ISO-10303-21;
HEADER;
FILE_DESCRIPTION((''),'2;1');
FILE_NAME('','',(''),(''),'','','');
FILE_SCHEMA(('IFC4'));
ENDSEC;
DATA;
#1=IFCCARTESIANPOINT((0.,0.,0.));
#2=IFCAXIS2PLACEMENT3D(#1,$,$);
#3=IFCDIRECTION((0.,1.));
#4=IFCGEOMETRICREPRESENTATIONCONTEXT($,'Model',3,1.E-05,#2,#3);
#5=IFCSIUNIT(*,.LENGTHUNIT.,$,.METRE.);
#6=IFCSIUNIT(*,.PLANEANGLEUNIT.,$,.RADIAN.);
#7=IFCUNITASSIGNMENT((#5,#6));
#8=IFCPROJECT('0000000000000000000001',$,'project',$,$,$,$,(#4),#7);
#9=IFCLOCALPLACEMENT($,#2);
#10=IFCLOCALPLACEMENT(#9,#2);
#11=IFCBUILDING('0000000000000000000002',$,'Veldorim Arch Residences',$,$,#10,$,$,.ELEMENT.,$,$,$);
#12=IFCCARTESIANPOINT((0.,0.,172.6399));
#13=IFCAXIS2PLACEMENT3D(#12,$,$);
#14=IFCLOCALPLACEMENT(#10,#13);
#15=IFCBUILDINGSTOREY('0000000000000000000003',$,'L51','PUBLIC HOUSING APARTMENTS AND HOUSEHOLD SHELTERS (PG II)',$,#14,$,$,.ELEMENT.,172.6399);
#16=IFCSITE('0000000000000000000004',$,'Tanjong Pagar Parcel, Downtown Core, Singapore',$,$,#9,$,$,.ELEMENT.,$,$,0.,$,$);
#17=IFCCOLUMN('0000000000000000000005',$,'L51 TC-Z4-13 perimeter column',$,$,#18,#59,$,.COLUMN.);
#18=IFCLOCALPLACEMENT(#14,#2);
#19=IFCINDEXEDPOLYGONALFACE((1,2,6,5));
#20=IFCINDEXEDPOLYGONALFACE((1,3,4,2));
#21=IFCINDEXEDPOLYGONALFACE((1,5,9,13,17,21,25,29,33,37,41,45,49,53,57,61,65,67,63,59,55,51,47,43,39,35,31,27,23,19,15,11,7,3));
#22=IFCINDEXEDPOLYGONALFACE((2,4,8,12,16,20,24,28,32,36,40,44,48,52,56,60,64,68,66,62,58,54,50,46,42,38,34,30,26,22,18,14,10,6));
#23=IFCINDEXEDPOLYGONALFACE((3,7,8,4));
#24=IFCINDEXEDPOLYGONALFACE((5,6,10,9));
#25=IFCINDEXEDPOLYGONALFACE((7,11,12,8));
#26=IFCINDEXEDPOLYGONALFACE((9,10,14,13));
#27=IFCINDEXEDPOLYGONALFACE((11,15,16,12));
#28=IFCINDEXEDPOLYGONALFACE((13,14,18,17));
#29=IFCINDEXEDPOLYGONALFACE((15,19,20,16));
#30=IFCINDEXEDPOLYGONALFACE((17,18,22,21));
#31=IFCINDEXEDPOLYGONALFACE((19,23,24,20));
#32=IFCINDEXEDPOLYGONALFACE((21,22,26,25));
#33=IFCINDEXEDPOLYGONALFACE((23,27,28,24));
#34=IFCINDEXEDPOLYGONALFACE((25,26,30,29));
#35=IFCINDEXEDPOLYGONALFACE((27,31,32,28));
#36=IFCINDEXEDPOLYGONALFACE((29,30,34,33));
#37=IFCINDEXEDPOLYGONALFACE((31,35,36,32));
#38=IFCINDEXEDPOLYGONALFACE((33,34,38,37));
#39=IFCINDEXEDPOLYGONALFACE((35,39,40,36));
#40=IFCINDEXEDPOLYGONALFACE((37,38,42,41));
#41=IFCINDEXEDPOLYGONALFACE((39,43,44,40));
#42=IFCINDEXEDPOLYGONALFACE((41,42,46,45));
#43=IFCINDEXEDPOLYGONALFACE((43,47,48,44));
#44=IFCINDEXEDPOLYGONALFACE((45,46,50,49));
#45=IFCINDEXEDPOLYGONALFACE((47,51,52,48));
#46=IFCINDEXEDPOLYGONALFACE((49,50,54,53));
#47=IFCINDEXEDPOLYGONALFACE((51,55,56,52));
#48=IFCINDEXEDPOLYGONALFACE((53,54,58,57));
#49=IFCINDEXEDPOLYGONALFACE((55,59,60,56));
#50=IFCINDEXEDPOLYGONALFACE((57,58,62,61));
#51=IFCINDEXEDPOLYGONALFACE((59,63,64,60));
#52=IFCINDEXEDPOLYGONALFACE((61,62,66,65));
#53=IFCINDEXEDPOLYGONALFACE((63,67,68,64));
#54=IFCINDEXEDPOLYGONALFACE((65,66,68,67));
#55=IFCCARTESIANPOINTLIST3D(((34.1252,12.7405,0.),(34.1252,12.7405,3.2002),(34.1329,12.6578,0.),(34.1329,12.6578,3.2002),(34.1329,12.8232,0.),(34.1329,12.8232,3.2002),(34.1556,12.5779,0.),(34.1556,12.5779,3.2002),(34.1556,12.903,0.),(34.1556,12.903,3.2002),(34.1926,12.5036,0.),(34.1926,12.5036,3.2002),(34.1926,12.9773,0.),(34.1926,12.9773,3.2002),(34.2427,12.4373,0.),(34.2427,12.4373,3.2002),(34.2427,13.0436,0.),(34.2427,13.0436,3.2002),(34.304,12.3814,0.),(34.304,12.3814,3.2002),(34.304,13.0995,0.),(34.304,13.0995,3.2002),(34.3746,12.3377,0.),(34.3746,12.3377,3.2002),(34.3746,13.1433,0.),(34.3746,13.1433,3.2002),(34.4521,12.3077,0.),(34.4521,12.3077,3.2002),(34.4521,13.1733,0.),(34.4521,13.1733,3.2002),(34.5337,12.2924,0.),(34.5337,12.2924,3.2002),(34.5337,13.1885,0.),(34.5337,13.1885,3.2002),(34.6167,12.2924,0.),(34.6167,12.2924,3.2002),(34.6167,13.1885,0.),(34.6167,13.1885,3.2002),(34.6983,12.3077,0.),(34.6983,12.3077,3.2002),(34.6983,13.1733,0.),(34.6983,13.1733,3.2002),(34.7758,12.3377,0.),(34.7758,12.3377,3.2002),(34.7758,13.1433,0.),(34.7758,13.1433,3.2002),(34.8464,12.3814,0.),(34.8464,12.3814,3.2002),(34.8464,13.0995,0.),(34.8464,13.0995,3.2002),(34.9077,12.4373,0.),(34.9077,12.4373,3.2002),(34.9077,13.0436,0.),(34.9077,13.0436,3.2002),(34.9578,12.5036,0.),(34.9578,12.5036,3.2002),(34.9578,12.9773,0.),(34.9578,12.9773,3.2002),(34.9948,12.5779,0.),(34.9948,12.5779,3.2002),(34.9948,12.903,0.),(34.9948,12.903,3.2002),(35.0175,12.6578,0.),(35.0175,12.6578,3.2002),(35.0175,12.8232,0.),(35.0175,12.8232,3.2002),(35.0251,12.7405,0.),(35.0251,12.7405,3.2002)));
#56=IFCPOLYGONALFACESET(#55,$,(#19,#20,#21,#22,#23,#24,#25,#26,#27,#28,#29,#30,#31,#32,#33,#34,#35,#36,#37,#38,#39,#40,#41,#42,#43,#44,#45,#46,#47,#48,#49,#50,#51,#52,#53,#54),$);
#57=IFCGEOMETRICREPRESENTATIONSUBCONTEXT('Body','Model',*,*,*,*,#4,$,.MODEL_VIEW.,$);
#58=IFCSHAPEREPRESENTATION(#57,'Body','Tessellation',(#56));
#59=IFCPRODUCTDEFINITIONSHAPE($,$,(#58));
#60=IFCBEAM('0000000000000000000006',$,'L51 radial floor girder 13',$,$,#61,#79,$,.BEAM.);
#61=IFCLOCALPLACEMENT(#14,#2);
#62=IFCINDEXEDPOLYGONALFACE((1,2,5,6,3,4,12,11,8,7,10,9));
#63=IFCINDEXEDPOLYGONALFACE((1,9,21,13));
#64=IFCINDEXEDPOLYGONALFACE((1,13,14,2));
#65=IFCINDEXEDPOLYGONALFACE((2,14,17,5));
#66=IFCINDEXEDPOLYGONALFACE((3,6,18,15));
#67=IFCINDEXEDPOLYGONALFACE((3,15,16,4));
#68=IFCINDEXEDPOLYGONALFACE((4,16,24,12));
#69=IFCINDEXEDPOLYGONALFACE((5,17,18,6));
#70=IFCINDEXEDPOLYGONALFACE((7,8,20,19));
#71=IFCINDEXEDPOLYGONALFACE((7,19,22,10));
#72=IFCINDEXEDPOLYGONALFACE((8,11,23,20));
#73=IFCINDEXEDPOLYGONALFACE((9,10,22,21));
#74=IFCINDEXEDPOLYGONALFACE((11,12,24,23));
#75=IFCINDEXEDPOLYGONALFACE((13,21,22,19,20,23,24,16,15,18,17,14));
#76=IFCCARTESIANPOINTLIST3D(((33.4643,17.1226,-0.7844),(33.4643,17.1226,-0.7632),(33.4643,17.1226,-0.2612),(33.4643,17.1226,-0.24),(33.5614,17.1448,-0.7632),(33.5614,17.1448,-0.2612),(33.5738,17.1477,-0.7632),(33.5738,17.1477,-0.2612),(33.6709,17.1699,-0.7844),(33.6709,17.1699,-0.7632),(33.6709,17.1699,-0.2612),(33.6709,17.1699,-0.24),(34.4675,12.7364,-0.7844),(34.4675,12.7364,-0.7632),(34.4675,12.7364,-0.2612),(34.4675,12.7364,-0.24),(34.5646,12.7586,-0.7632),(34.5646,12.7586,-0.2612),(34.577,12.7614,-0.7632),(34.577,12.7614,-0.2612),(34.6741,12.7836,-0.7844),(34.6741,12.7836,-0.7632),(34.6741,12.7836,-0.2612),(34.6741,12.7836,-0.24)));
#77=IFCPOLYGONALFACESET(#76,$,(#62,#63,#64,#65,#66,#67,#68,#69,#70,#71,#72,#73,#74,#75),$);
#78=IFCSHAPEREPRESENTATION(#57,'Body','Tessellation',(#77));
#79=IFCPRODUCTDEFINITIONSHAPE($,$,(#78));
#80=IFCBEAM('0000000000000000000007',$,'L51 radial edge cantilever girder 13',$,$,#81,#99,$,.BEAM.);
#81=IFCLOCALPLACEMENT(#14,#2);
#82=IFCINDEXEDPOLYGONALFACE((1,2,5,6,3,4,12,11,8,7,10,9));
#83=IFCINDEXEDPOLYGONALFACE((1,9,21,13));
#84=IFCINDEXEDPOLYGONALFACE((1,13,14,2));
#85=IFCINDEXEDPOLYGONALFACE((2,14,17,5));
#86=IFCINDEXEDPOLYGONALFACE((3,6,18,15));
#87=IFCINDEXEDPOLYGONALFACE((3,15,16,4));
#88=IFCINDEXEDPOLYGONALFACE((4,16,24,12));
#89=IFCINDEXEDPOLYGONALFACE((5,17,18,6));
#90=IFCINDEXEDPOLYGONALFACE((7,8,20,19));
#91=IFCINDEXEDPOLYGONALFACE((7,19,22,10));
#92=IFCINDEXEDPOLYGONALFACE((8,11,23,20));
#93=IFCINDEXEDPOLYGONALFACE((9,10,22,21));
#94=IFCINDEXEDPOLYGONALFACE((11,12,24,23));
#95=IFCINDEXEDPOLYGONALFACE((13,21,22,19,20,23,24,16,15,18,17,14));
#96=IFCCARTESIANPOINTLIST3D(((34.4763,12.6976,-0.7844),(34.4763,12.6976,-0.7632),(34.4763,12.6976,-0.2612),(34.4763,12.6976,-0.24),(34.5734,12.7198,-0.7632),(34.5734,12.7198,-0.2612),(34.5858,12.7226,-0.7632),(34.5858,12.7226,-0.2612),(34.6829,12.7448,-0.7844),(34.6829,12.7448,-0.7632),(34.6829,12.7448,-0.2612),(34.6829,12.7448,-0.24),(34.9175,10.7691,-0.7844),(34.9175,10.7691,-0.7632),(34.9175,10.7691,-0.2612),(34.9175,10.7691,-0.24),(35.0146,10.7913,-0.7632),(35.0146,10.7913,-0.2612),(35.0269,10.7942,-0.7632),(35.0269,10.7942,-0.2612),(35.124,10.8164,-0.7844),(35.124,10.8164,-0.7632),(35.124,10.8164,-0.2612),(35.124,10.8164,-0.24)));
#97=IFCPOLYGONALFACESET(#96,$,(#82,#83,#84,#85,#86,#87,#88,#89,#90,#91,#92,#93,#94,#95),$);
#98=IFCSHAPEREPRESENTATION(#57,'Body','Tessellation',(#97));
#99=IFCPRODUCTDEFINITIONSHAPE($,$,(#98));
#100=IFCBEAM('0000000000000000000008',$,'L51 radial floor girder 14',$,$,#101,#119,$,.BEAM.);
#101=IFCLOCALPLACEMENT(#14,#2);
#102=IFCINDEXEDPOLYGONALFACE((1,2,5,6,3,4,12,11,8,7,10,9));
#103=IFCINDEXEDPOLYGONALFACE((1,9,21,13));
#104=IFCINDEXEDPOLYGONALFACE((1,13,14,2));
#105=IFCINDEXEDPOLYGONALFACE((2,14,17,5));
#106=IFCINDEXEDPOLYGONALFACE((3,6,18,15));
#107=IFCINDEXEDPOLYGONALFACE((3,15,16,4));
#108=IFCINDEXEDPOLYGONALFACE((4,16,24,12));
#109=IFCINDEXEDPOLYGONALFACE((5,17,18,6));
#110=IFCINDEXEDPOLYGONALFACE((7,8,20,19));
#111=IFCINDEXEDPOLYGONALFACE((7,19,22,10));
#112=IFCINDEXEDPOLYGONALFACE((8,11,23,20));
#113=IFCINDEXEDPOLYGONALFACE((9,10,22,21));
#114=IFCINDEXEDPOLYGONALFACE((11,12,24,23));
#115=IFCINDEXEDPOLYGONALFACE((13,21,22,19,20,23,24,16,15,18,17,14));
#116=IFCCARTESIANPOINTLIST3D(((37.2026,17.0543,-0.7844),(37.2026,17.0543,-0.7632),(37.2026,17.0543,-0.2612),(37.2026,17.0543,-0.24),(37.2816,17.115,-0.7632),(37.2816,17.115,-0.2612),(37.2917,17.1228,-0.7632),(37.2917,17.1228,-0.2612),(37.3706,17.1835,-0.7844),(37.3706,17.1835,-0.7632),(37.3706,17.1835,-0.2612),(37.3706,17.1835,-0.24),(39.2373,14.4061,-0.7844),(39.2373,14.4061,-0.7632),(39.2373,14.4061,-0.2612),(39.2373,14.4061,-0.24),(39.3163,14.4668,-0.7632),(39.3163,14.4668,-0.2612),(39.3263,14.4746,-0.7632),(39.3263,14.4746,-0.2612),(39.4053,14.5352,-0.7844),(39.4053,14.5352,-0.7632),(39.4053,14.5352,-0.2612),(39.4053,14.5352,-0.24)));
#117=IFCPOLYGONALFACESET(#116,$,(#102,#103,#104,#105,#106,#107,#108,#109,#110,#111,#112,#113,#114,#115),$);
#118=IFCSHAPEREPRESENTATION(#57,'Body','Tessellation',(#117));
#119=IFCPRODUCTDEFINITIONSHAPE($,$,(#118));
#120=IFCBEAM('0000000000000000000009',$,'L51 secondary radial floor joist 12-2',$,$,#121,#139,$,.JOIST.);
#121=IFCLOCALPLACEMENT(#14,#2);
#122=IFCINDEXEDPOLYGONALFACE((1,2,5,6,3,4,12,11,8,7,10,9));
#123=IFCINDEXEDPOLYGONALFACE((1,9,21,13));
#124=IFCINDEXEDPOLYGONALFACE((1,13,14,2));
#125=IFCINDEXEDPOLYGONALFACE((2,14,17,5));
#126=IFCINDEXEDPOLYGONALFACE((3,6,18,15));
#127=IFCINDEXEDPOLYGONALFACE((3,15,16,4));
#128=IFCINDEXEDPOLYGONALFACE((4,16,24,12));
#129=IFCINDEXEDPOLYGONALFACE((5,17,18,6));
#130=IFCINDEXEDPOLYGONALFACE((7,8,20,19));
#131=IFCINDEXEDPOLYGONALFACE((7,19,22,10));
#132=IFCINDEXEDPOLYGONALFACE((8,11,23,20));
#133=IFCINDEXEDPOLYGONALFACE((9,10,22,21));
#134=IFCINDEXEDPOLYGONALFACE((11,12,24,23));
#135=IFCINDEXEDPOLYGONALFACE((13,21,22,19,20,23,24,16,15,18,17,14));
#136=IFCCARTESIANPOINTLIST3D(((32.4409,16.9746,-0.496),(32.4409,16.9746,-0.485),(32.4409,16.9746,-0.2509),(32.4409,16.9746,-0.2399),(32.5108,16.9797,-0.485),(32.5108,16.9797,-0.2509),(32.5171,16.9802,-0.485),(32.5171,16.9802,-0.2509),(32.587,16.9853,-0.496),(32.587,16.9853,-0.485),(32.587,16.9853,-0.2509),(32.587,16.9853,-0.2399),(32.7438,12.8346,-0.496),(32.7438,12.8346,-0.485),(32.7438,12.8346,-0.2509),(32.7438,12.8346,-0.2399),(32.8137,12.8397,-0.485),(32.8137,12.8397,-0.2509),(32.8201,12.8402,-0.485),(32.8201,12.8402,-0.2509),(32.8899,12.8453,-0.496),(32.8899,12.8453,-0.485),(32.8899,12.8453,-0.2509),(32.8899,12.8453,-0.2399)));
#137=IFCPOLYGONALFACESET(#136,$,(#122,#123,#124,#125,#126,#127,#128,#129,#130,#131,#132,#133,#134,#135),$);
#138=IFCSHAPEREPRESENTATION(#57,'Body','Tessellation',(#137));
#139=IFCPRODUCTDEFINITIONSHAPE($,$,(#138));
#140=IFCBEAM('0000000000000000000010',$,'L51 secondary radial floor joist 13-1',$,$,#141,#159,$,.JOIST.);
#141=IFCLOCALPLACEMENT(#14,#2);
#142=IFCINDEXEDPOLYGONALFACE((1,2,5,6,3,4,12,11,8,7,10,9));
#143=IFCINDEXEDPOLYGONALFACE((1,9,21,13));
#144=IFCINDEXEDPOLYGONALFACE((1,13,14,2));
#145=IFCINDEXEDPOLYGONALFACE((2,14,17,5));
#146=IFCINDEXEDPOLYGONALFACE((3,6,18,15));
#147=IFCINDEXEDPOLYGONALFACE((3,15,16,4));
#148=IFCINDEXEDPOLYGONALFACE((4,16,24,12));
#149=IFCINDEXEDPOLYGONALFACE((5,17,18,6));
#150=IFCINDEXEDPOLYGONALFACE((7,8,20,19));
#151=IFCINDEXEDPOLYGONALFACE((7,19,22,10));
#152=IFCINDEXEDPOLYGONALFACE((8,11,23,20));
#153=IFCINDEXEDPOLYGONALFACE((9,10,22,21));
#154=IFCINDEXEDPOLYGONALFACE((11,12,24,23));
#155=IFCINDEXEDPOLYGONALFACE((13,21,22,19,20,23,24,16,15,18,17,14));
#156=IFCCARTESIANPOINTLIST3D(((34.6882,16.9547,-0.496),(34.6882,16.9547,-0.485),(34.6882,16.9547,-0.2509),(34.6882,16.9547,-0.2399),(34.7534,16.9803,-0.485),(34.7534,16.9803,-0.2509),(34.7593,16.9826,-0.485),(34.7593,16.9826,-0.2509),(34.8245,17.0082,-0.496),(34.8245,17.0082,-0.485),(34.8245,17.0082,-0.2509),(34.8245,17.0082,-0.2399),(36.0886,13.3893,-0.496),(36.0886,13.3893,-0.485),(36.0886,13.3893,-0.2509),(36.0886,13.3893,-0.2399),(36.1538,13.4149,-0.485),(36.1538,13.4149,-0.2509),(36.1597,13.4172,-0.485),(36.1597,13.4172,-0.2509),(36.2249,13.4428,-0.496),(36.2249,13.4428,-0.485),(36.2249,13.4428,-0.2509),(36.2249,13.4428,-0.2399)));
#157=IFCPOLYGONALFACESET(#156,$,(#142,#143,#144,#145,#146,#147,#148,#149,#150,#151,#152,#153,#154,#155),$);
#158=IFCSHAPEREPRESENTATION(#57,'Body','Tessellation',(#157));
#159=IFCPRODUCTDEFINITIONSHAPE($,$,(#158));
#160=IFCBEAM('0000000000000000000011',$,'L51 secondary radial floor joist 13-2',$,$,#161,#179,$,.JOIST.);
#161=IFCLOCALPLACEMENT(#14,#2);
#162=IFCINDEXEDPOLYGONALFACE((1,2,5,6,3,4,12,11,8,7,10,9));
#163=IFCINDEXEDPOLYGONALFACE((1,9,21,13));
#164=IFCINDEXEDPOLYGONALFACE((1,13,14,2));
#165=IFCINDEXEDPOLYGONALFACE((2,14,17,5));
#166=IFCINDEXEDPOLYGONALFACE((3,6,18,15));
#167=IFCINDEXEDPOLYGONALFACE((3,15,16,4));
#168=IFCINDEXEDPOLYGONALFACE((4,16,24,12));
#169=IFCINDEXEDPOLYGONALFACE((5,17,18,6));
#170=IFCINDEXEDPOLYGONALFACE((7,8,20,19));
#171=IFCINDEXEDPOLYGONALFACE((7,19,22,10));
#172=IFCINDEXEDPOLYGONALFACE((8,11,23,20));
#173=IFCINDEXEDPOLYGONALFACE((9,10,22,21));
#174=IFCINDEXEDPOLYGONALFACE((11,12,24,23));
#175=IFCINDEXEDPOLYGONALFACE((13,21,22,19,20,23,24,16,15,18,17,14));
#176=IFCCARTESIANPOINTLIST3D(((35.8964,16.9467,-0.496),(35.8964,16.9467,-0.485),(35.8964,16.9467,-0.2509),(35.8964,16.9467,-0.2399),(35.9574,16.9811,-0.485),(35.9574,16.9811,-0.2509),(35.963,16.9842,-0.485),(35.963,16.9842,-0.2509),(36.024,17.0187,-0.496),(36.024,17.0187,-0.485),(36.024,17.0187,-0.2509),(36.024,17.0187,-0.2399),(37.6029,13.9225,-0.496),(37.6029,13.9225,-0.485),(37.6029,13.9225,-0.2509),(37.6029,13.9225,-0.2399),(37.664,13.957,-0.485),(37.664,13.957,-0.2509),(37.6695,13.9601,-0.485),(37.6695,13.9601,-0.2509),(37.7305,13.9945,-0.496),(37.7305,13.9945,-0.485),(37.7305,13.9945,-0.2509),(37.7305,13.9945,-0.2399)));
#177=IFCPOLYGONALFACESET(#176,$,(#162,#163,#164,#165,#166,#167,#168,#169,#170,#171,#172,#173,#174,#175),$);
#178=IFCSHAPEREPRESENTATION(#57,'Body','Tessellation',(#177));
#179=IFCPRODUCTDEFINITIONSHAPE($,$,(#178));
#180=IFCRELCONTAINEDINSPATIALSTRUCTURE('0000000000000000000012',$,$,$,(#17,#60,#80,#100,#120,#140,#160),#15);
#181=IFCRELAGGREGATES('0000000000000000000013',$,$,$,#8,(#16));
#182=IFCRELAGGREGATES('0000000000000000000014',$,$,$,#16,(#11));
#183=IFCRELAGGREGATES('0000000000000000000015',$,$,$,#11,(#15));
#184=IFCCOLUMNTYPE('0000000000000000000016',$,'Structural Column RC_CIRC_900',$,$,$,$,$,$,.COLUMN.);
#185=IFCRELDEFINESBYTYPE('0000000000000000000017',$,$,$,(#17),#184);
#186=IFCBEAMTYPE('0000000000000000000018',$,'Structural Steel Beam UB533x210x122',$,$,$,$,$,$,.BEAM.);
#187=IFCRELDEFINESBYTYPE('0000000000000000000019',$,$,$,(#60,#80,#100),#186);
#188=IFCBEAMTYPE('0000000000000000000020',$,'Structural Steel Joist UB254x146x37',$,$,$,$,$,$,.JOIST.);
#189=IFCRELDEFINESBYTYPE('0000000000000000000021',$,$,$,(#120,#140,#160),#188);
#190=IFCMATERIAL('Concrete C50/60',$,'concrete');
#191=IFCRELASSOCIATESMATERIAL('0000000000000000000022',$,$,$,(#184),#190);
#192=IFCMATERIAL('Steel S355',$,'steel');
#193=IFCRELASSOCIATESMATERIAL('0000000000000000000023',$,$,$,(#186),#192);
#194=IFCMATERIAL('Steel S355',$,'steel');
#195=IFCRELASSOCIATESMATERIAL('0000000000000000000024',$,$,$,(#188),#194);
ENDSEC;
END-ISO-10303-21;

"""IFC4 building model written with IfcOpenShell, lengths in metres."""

from ifc_helpers import new_model, si_unit, direction, frame, origin, origin_2d, place, context, subcontext, project, spatial, circle, i_section, extrude, material, material_profile, profile_set, type_object, element, save


model = new_model("IFC4")

# Units and contexts
model_context = context("Model", 3, precision=1e-05, world=origin(), true_north=direction((0.0, 1.0)))
body_context = subcontext(model_context, "Body", "Model", "MODEL_VIEW")
ifc_project = project(units=[si_unit("LENGTHUNIT", "METRE"), si_unit("PLANEANGLEUNIT", "RADIAN")], contexts=[model_context])

# Site, building, storey
site_placement = place(None, origin())
site = spatial("IfcSite", under=ifc_project, at=site_placement, Name="Tanjong Pagar Parcel, Downtown Core, Singapore", CompositionType="ELEMENT", RefElevation=0.0)
building_placement = place(site_placement, origin())
building = spatial("IfcBuilding", under=site, at=building_placement, Name="Veldorim Arch Residences", CompositionType="ELEMENT")
storey_placement = place(building_placement, frame((0.0, 0.0, 172.6399)))
storey = spatial("IfcBuildingStorey", under=building, at=storey_placement, Name="L51", Description="PUBLIC HOUSING APARTMENTS AND HOUSEHOLD SHELTERS (PG II)", CompositionType="ELEMENT", Elevation=172.6399)

# Column
ifc_material_1 = material(Name="Concrete C50/60", Category="concrete")
ifc_material_profile_1 = material_profile(ifc_material_1, circle(Radius=0.45, at=origin_2d()), Name="RC_CIRC_900")
ifc_profile_set_1 = profile_set([ifc_material_profile_1], Name="Concrete C50/60")
column_type = type_object("IfcColumnType", Name="Structural Column RC_CIRC_900", PredefinedType="COLUMN", material=ifc_profile_set_1)
column_placement = place(storey_placement, frame((34.5752, 12.7405, 0.0), z_axis=(0.0, 0.0, 1.0), x_axis=(1.0, 0.0, 0.0)))
element("IfcColumn", 1, at=column_placement, inside=storey, type_object=column_type, Name="L51 TC-Z4-13 perimeter column", PredefinedType="COLUMN", context=body_context, shape_type="SweptSolid", body=[
    extrude(circle(Radius=0.45, at=origin_2d()), origin(), (0.0, 0.0, 1.0), 3.2002),
])

# Beams
ifc_material_2 = material(Name="Steel S355", Category="steel")
ifc_material_profile_2 = material_profile(ifc_material_2, i_section(OverallWidth=0.2119, OverallDepth=0.5444, WebThickness=0.0127, FlangeThickness=0.0212, at=origin_2d()), Name="UB533x210x122")
ifc_profile_set_2 = profile_set([ifc_material_profile_2], Name="Steel S355")
beam_type_1 = type_object("IfcBeamType", Name="Structural Steel Beam UB533x210x122", PredefinedType="BEAM", material=ifc_profile_set_2)
beam_1_placement = place(storey_placement, frame((33.5676, 17.1462, -0.5122), z_axis=(0.222953, -0.974829, 0.0), x_axis=(0.974829, 0.222953, 0.0)))
element("IfcBeam", 2, at=beam_1_placement, inside=storey, type_object=beam_type_1, Name="L51 radial floor girder 13", PredefinedType="BEAM", context=body_context, shape_type="SweptSolid", body=[
    extrude(i_section(OverallWidth=0.2119, OverallDepth=0.5444, WebThickness=0.0127, FlangeThickness=0.0212, at=origin_2d()), origin(), (0.0, 0.0, 1.0), 4.4995),
])
beam_2_placement = place(storey_placement, frame((34.5796, 12.7212, -0.5122), z_axis=(0.223002, -0.974818, 0.0), x_axis=(0.974818, 0.223002, 0.0)))
element("IfcBeam", 3, at=beam_2_placement, inside=storey, type_object=beam_type_1, Name="L51 radial edge cantilever girder 13", PredefinedType="BEAM", context=body_context, shape_type="SweptSolid", body=[
    extrude(i_section(OverallWidth=0.2119, OverallDepth=0.5444, WebThickness=0.0127, FlangeThickness=0.0212, at=origin_2d()), origin(), (0.0, 0.0, 1.0), 1.9783),
])
beam_3_placement = place(storey_placement, frame((37.2866, 17.1189, -0.5122), z_axis=(0.609258, -0.792972, 0.0), x_axis=(0.792972, 0.609258, 0.0)))
element("IfcBeam", 4, at=beam_3_placement, inside=storey, type_object=beam_type_1, Name="L51 radial floor girder 14", PredefinedType="BEAM", context=body_context, shape_type="SweptSolid", body=[
    extrude(i_section(OverallWidth=0.2119, OverallDepth=0.5444, WebThickness=0.0127, FlangeThickness=0.0212, at=origin_2d()), origin(), (0.0, 0.0, 1.0), 3.3396),
])
ifc_material_3 = material(Name="Steel S355", Category="steel")
ifc_material_profile_3 = material_profile(ifc_material_3, i_section(OverallWidth=0.1465, OverallDepth=0.2561, WebThickness=0.0063, FlangeThickness=0.011, at=origin_2d()), Name="UB254x146x37")
ifc_profile_set_3 = profile_set([ifc_material_profile_3], Name="Steel S355")
beam_type_2 = type_object("IfcBeamType", Name="Structural Steel Joist UB254x146x37", PredefinedType="JOIST", material=ifc_profile_set_3)
beam_4_placement = place(storey_placement, frame((32.5139, 16.98, -0.3679), z_axis=(0.072986, -0.997333, 0.0), x_axis=(0.997333, 0.072986, 0.0)))
element("IfcBeam", 5, at=beam_4_placement, inside=storey, type_object=beam_type_2, Name="L51 secondary radial floor joist 12-2", PredefinedType="JOIST", context=body_context, shape_type="SweptSolid", body=[
    extrude(i_section(OverallWidth=0.1465, OverallDepth=0.2561, WebThickness=0.0063, FlangeThickness=0.011, at=origin_2d()), origin(), (0.0, 0.0, 1.0), 4.1511),
])
beam_5_placement = place(storey_placement, frame((34.7563, 16.9814, -0.3679), z_axis=(0.365581, -0.930779, 0.0), x_axis=(0.930779, 0.365581, 0.0)))
element("IfcBeam", 6, at=beam_5_placement, inside=storey, type_object=beam_type_2, Name="L51 secondary radial floor joist 13-1", PredefinedType="JOIST", context=body_context, shape_type="SweptSolid", body=[
    extrude(i_section(OverallWidth=0.1465, OverallDepth=0.2561, WebThickness=0.0063, FlangeThickness=0.011, at=origin_2d()), origin(), (0.0, 0.0, 1.0), 3.8306),
])
beam_6_placement = place(storey_placement, frame((35.9602, 16.9827, -0.3679), z_axis=(0.491452, -0.870904, 0.0), x_axis=(0.870904, 0.491452, 0.0)))
element("IfcBeam", 7, at=beam_6_placement, inside=storey, type_object=beam_type_2, Name="L51 secondary radial floor joist 13-2", PredefinedType="JOIST", context=body_context, shape_type="SweptSolid", body=[
    extrude(i_section(OverallWidth=0.1465, OverallDepth=0.2561, WebThickness=0.0063, FlangeThickness=0.011, at=origin_2d()), origin(), (0.0, 0.0, 1.0), 3.4724),
])

save(model, "model.ifc")
